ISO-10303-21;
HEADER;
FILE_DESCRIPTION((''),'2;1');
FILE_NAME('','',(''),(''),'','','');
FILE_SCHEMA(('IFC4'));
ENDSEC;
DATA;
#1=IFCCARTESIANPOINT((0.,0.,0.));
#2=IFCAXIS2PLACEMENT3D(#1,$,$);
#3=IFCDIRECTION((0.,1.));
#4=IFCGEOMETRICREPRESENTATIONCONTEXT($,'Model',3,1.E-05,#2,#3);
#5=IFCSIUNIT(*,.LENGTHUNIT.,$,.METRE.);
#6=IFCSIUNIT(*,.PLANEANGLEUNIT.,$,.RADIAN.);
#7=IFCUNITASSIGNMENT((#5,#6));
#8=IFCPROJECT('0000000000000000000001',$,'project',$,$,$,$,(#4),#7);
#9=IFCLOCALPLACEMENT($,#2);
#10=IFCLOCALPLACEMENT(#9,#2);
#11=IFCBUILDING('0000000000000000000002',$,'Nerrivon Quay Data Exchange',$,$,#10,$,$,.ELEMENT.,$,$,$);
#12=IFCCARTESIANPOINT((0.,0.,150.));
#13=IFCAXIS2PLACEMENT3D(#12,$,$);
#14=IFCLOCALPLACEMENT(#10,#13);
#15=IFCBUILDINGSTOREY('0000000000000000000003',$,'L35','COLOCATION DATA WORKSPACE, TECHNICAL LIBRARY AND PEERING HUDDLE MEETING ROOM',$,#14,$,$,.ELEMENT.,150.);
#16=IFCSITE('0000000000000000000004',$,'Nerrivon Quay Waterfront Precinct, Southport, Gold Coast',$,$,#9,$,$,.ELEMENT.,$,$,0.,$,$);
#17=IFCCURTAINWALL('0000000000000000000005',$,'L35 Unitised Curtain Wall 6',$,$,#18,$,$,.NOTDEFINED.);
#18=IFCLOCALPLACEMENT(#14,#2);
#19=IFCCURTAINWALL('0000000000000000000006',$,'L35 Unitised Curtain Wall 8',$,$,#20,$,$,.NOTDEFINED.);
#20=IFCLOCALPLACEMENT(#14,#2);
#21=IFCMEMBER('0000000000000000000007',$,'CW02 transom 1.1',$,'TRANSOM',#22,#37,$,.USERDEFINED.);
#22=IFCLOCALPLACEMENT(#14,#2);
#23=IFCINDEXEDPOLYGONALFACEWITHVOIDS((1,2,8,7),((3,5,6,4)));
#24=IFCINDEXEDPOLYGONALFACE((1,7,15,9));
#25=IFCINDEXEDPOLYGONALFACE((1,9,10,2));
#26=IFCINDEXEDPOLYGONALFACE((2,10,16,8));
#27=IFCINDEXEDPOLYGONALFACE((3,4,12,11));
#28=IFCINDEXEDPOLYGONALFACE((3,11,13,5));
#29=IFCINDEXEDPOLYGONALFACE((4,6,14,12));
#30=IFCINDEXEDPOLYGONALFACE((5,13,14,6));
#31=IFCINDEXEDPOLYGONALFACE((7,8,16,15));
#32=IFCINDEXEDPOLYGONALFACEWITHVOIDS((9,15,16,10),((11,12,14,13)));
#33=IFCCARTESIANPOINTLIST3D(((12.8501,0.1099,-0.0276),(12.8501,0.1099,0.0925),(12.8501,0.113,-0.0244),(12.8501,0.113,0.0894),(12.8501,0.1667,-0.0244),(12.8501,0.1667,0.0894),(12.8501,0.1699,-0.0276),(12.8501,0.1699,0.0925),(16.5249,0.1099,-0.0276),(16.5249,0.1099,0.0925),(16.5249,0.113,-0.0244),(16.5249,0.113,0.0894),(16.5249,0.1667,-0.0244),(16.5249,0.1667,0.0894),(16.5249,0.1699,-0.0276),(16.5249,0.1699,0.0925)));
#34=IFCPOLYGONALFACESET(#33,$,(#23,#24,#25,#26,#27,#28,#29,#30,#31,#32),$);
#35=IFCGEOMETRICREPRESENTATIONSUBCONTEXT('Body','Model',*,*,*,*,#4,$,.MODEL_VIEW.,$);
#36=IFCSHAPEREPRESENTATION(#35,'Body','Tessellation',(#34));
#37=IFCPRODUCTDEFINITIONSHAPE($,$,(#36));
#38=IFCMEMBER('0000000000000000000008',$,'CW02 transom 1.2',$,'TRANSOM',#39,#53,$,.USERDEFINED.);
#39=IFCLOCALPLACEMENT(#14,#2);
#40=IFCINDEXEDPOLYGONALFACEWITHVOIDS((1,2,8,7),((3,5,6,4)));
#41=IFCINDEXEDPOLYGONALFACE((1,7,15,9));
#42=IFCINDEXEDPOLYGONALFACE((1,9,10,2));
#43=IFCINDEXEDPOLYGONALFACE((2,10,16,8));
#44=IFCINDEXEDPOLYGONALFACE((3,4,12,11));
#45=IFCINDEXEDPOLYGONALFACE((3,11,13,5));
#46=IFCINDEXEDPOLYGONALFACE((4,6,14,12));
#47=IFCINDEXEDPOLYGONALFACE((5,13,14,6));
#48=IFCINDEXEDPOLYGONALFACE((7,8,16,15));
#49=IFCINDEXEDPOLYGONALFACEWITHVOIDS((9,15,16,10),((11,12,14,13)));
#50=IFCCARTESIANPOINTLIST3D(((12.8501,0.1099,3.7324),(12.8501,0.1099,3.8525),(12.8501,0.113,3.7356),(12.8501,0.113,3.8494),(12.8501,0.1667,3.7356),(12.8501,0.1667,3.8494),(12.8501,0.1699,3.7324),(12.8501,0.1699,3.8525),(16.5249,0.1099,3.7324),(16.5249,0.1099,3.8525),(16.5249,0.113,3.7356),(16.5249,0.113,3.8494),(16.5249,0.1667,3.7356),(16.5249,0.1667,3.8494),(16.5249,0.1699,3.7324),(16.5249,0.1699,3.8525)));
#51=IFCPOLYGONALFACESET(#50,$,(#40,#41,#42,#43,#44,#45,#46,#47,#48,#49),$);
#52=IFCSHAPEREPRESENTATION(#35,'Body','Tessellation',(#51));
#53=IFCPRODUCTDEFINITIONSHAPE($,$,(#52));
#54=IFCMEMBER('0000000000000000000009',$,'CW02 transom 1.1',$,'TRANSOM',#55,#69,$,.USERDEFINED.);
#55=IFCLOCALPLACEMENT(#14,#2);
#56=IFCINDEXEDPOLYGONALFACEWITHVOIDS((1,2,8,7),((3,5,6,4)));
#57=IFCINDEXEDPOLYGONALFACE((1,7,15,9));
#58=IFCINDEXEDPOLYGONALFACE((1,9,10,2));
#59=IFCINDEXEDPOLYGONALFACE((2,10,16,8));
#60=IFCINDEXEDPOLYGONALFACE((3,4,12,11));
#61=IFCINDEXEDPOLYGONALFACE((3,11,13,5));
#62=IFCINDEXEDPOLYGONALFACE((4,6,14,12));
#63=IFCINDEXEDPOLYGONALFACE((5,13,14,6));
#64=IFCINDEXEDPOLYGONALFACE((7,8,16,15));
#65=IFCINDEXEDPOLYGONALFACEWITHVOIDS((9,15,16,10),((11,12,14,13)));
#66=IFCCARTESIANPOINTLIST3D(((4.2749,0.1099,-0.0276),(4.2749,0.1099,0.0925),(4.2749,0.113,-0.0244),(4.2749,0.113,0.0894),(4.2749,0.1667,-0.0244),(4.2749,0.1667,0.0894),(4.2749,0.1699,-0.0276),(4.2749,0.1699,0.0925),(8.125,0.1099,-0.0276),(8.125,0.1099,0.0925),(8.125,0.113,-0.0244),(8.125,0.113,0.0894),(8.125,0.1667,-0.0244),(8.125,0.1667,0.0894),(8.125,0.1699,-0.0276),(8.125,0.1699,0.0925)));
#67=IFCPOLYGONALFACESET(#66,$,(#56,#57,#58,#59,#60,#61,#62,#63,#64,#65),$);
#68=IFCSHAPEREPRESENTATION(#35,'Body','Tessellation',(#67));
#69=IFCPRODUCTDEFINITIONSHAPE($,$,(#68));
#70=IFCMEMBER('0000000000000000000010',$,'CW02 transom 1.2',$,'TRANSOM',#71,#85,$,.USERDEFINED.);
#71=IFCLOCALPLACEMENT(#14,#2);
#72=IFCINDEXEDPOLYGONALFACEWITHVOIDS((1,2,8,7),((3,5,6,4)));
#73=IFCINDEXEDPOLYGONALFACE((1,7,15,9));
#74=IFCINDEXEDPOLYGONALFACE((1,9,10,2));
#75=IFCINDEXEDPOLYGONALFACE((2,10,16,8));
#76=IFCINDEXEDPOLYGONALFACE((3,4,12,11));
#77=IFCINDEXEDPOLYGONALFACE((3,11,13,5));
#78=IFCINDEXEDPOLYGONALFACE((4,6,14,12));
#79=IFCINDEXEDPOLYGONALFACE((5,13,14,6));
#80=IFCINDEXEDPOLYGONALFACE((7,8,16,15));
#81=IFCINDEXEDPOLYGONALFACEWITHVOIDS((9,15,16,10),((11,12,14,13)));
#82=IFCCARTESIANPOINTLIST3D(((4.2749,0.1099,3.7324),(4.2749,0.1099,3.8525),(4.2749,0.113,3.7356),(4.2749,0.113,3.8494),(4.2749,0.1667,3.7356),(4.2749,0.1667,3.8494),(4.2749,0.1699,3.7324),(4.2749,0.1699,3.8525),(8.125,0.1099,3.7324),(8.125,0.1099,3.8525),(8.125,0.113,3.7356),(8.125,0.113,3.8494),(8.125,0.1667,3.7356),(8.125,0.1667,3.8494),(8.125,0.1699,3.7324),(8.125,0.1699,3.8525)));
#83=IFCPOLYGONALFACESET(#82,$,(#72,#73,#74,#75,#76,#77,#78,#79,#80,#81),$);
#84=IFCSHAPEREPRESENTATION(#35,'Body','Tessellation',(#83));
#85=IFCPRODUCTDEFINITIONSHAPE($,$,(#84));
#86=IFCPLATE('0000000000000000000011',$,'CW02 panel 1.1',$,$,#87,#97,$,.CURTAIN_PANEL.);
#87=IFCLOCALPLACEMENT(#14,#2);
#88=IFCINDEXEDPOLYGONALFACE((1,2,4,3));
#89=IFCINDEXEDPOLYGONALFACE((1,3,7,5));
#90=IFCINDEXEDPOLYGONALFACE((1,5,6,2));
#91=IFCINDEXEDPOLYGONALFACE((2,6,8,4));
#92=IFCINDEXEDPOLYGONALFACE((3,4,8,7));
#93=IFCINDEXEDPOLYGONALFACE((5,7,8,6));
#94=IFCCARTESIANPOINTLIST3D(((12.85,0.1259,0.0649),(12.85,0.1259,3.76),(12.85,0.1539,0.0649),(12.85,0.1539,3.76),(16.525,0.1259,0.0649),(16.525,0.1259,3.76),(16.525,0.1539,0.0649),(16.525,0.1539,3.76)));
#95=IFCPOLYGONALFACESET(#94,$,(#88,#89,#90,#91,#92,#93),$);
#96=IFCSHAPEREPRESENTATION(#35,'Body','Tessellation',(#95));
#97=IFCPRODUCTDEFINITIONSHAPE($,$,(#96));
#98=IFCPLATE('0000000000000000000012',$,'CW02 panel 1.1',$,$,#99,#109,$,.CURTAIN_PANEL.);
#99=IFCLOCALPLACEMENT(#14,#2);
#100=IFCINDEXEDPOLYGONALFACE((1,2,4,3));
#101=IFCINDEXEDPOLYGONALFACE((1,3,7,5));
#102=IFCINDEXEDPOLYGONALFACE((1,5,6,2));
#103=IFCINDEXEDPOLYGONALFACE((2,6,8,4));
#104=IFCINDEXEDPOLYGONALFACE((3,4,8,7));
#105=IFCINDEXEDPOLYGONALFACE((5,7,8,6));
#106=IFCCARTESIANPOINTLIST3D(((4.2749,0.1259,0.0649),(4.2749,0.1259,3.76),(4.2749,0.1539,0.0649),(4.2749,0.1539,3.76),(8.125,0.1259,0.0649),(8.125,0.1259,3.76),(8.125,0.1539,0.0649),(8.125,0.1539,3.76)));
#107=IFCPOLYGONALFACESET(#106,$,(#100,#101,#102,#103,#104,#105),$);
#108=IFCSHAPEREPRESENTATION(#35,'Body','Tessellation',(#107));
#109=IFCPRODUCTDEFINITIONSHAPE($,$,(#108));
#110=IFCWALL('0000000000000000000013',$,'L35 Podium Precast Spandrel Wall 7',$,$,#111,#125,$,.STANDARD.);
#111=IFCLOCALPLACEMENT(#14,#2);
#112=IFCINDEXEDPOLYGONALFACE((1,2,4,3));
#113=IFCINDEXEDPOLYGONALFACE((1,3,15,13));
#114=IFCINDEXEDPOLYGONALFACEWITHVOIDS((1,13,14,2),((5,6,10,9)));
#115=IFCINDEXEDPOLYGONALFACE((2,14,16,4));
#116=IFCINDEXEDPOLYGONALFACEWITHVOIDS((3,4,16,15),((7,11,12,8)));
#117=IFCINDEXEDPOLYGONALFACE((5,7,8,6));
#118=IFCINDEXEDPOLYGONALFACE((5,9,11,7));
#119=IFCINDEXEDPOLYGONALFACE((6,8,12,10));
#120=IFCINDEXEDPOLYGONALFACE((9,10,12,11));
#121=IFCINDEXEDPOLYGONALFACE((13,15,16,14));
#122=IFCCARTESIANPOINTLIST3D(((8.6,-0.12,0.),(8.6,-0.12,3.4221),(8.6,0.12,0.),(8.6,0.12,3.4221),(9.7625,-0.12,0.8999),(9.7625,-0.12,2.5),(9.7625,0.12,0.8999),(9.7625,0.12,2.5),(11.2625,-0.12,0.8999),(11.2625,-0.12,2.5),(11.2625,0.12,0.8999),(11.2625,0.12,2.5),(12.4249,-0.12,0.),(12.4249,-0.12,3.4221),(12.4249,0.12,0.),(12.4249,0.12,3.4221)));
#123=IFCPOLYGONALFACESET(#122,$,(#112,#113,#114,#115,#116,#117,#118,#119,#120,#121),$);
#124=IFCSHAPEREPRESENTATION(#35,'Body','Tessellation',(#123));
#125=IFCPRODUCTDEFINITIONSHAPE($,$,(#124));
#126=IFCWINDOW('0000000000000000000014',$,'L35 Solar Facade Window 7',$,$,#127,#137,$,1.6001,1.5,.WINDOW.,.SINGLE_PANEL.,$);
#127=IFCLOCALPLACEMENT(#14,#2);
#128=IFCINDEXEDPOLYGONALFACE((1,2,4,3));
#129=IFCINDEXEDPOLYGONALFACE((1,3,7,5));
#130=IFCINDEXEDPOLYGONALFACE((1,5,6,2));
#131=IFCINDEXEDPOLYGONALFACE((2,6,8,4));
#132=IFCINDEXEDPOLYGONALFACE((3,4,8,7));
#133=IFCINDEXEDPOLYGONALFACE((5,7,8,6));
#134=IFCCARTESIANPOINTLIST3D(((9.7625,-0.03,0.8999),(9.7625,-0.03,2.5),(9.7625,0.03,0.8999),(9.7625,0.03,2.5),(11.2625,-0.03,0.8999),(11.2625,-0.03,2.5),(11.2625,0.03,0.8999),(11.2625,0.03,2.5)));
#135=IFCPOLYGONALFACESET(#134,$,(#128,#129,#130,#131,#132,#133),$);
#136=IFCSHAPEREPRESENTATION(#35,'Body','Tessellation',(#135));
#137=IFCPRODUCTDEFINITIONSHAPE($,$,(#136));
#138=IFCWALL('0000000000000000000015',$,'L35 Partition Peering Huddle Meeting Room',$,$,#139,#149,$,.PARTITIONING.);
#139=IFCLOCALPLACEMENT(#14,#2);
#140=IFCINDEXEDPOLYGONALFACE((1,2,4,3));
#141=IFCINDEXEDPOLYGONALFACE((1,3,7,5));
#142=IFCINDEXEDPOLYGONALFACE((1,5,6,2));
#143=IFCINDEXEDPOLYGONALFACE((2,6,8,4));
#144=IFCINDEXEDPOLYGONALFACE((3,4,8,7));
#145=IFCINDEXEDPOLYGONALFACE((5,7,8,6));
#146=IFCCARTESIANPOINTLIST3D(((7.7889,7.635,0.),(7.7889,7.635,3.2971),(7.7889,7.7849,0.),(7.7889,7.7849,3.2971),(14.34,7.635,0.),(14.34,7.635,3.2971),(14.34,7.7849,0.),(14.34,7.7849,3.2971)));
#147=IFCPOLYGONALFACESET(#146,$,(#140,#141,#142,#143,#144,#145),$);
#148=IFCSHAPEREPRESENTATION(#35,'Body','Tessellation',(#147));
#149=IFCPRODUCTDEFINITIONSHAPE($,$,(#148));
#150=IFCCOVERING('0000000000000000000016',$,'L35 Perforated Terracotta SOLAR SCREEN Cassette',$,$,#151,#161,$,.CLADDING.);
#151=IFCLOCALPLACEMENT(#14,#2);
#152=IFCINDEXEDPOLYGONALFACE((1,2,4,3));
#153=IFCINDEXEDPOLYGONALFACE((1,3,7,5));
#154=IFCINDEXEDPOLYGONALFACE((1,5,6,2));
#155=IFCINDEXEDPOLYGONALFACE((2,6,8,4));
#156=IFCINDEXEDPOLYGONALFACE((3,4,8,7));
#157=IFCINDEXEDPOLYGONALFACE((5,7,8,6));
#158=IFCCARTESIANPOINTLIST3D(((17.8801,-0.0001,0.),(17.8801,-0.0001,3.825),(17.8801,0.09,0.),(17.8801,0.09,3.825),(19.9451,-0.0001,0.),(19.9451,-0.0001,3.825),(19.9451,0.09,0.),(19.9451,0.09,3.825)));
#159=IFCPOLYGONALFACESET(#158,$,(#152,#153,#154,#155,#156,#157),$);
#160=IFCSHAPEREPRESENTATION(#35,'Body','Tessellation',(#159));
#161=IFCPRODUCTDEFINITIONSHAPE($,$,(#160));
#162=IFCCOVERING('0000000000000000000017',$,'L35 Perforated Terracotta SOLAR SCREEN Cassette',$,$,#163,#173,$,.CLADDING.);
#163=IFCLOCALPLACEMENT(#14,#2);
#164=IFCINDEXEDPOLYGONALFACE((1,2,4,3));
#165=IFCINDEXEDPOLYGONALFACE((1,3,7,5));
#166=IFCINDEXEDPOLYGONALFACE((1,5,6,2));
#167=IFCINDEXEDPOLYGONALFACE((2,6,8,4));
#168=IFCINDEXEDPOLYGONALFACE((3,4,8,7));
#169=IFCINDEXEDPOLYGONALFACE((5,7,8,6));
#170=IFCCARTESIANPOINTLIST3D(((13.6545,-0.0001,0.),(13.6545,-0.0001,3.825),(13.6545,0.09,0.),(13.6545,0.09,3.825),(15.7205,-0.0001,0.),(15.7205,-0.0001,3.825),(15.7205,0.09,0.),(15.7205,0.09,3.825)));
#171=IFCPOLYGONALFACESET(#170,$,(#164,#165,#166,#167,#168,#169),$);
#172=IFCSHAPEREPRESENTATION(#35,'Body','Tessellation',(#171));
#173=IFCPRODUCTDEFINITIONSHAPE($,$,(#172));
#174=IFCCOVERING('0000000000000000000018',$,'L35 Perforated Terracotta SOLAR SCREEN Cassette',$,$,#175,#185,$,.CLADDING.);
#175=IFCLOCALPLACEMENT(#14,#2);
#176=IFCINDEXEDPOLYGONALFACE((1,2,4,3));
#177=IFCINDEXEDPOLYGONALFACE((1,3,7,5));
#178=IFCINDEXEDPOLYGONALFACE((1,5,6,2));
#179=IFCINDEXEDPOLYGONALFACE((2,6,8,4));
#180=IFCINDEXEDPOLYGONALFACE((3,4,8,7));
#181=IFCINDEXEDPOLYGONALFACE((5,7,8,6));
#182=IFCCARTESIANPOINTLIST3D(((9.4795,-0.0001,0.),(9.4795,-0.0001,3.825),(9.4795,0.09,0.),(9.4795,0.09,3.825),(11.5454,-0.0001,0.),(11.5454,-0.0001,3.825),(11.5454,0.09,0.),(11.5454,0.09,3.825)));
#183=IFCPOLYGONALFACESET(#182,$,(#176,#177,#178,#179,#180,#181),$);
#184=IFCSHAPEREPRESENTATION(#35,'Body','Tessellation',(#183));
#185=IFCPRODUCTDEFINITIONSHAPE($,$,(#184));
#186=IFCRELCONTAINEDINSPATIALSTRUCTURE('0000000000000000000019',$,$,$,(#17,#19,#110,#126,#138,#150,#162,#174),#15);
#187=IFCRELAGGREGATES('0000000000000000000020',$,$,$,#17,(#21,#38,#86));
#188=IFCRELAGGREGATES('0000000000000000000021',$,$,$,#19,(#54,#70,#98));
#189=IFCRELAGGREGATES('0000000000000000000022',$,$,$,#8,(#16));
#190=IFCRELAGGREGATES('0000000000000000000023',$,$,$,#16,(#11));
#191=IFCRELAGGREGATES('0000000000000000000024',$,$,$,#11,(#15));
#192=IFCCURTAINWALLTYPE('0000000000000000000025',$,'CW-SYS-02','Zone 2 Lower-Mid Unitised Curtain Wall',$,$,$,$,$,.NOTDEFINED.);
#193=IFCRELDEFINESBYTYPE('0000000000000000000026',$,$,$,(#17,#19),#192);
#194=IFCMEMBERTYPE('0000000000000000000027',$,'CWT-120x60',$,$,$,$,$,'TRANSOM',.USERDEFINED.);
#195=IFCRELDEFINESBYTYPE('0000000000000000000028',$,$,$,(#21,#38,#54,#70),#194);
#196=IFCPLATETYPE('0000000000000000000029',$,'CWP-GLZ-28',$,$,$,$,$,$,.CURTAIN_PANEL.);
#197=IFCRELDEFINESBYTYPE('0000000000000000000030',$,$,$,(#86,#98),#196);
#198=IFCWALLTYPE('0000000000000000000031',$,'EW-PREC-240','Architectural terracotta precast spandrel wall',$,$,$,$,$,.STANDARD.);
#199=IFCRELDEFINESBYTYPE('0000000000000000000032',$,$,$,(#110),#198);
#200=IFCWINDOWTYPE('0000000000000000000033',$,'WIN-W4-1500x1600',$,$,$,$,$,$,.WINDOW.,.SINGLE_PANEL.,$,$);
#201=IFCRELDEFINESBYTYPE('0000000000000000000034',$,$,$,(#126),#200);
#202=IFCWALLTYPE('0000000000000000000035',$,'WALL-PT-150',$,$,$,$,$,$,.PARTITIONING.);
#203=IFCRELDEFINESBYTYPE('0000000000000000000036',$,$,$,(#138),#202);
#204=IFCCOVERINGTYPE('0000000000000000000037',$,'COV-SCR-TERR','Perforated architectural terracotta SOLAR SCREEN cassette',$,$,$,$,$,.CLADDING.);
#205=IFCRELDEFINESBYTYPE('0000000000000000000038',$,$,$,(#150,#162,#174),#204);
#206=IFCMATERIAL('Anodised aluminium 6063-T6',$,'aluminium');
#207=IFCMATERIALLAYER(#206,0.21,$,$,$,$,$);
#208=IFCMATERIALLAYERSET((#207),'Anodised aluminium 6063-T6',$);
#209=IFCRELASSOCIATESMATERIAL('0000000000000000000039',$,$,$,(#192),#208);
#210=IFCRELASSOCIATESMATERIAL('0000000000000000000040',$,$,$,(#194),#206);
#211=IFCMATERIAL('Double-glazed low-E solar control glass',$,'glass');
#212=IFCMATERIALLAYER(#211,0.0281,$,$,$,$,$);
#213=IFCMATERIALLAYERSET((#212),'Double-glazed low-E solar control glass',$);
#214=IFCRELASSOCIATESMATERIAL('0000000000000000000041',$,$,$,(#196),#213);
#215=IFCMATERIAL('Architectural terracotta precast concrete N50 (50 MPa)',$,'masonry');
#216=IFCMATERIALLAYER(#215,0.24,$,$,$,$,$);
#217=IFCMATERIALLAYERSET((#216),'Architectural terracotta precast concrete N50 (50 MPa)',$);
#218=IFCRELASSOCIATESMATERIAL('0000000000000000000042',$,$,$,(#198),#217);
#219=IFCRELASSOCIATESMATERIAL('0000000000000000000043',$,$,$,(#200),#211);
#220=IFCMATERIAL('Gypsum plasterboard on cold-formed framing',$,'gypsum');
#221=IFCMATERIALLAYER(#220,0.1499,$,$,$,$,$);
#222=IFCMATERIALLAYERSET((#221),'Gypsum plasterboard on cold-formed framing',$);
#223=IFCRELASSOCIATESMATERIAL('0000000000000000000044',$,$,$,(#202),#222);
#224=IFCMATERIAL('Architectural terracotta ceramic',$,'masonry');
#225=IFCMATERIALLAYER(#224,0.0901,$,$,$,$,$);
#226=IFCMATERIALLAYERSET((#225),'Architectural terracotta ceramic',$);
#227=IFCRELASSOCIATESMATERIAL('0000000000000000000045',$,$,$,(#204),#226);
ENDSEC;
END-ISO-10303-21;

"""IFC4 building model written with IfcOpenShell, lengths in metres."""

from ifc_helpers import new_model, si_unit, direction, frame, frame_2d, origin, origin_2d, place, context, subcontext, project, spatial, rectangle, hollow_rectangle, extrude, material, layer, layer_set, material_profile, profile_set, type_object, element, fill, aggregate, save


model = new_model("IFC4")

# Units and contexts
model_context = context("Model", 3, precision=1e-05, world=origin(), true_north=direction((0.0, 1.0)))
body_context = subcontext(model_context, "Body", "Model", "MODEL_VIEW")
ifc_project = project(units=[si_unit("LENGTHUNIT", "METRE"), si_unit("PLANEANGLEUNIT", "RADIAN")], contexts=[model_context])

# Site, building, storey
site_placement = place(None, origin())
site = spatial("IfcSite", under=ifc_project, at=site_placement, Name="Nerrivon Quay Waterfront Precinct, Southport, Gold Coast", CompositionType="ELEMENT", RefElevation=0.0)
building_placement = place(site_placement, origin())
building = spatial("IfcBuilding", under=site, at=building_placement, Name="Nerrivon Quay Data Exchange", CompositionType="ELEMENT")
storey_placement = place(building_placement, frame((0.0, 0.0, 150.0)))
storey = spatial("IfcBuildingStorey", under=building, at=storey_placement, Name="L35", Description="COLOCATION DATA WORKSPACE, TECHNICAL LIBRARY AND PEERING HUDDLE MEETING ROOM", CompositionType="ELEMENT", Elevation=150.0)

# Curtain wall
ifc_material_1 = material(Name="Anodised aluminium 6063-T6", Category="aluminium")
ifc_layer_1 = layer(ifc_material_1, 0.21)
ifc_layer_set_1 = layer_set([ifc_layer_1], Name="Anodised aluminium 6063-T6")
curtain_wall_type = type_object("IfcCurtainWallType", Name="CW-SYS-02", Description="Zone 2 Lower-Mid Unitised Curtain Wall", PredefinedType="NOTDEFINED", material=ifc_layer_set_1)
curtain_wall_1_placement = place(storey_placement, origin())
curtain_wall_1 = element("IfcCurtainWall", 1, at=curtain_wall_1_placement, inside=storey, type_object=curtain_wall_type, Name="L35 Unitised Curtain Wall 6", PredefinedType="NOTDEFINED")

# Curtain wall
curtain_wall_2_placement = place(storey_placement, origin())
curtain_wall_2 = element("IfcCurtainWall", 2, at=curtain_wall_2_placement, inside=storey, type_object=curtain_wall_type, Name="L35 Unitised Curtain Wall 8", PredefinedType="NOTDEFINED")

# Members
ifc_material_profile_1 = material_profile(ifc_material_1, hollow_rectangle(XDim=0.0601, YDim=0.1201, WallThickness=0.0032, at=origin_2d()), Name="ALU-TRAN-120x60")
ifc_profile_set_1 = profile_set([ifc_material_profile_1], Name="Anodised aluminium 6063-T6")
member_type_1 = type_object("IfcMemberType", Name="CWT-120x60", ElementType="TRANSOM", PredefinedType="USERDEFINED", material=ifc_profile_set_1)
member_1_placement = place(storey_placement, frame((16.5249, 0.1399, 0.0325), z_axis=(-1.0, 0.0, 0.0), x_axis=(0.0, -1.0, 0.0)))
member_1 = element("IfcMember", 3, at=member_1_placement, type_object=member_type_1, Name="CW02 transom 1.1", ObjectType="TRANSOM", PredefinedType="USERDEFINED", context=body_context, shape_type="SweptSolid", body=[
    extrude(hollow_rectangle(XDim=0.0601, YDim=0.1201, WallThickness=0.0032, at=origin_2d()), origin(), (0.0, 0.0, 1.0), 3.6748),
])
member_2_placement = place(storey_placement, frame((16.5249, 0.1399, 3.7925), z_axis=(-1.0, 0.0, 0.0), x_axis=(0.0, -1.0, 0.0)))
member_2 = element("IfcMember", 4, at=member_2_placement, type_object=member_type_1, Name="CW02 transom 1.2", ObjectType="TRANSOM", PredefinedType="USERDEFINED", context=body_context, shape_type="SweptSolid", body=[
    extrude(hollow_rectangle(XDim=0.0601, YDim=0.1201, WallThickness=0.0032, at=origin_2d()), origin(), (0.0, 0.0, 1.0), 3.6748),
])
member_3_placement = place(storey_placement, frame((8.125, 0.1399, 0.0325), z_axis=(-1.0, 0.0, 0.0), x_axis=(0.0, -1.0, 0.0)))
member_3 = element("IfcMember", 5, at=member_3_placement, type_object=member_type_1, Name="CW02 transom 1.1", ObjectType="TRANSOM", PredefinedType="USERDEFINED", context=body_context, shape_type="SweptSolid", body=[
    extrude(hollow_rectangle(XDim=0.0601, YDim=0.1201, WallThickness=0.0032, at=origin_2d()), origin(), (0.0, 0.0, 1.0), 3.8501),
])
member_4_placement = place(storey_placement, frame((8.125, 0.1399, 3.7925), z_axis=(-1.0, 0.0, 0.0), x_axis=(0.0, -1.0, 0.0)))
member_4 = element("IfcMember", 6, at=member_4_placement, type_object=member_type_1, Name="CW02 transom 1.2", ObjectType="TRANSOM", PredefinedType="USERDEFINED", context=body_context, shape_type="SweptSolid", body=[
    extrude(hollow_rectangle(XDim=0.0601, YDim=0.1201, WallThickness=0.0032, at=origin_2d()), origin(), (0.0, 0.0, 1.0), 3.8501),
])

# Plates
ifc_material_2 = material(Name="Double-glazed low-E solar control glass", Category="glass")
ifc_layer_2 = layer(ifc_material_2, 0.0281)
ifc_layer_set_2 = layer_set([ifc_layer_2], Name="Double-glazed low-E solar control glass")
plate_type = type_object("IfcPlateType", Name="CWP-GLZ-28", PredefinedType="CURTAIN_PANEL", material=ifc_layer_set_2)
plate_1_placement = place(storey_placement, frame((14.6875, 0.1399, 0.0649), z_axis=(0.0, 0.0, 1.0), x_axis=(-1.0, 0.0, 0.0)))
plate_1 = element("IfcPlate", 7, at=plate_1_placement, type_object=plate_type, Name="CW02 panel 1.1", PredefinedType="CURTAIN_PANEL", context=body_context, shape_type="SweptSolid", body=[
    extrude(rectangle(XDim=3.675, YDim=0.0281, at=origin_2d()), origin(), (0.0, 0.0, 1.0), 3.6951),
])
aggregate(curtain_wall_1, [member_1, member_2, plate_1])
plate_2_placement = place(storey_placement, frame((6.2, 0.1399, 0.0649), z_axis=(0.0, 0.0, 1.0), x_axis=(-1.0, 0.0, 0.0)))
plate_2 = element("IfcPlate", 8, at=plate_2_placement, type_object=plate_type, Name="CW02 panel 1.1", PredefinedType="CURTAIN_PANEL", context=body_context, shape_type="SweptSolid", body=[
    extrude(rectangle(XDim=3.8501, YDim=0.0281, at=origin_2d()), origin(), (0.0, 0.0, 1.0), 3.6951),
])
aggregate(curtain_wall_2, [member_3, member_4, plate_2])

# Wall, opening, window
ifc_material_3 = material(Name="Architectural terracotta precast concrete N50 (50 MPa)", Category="masonry")
ifc_layer_3 = layer(ifc_material_3, 0.24)
ifc_layer_set_3 = layer_set([ifc_layer_3], Name="Architectural terracotta precast concrete N50 (50 MPa)")
wall_type_1 = type_object("IfcWallType", Name="EW-PREC-240", Description="Architectural terracotta precast spandrel wall", PredefinedType="STANDARD", material=ifc_layer_set_3)
wall_1_placement = place(storey_placement, frame((12.425, 0.0, 0.0), z_axis=(0.0, 0.0, 1.0), x_axis=(-1.0, 0.0, 0.0)))
wall_1 = element("IfcWall", 9, at=wall_1_placement, inside=storey, type_object=wall_type_1, Name="L35 Podium Precast Spandrel Wall 7", PredefinedType="STANDARD", context=body_context, shape_type="SweptSolid", body=[
    extrude(rectangle(XDim=3.825, YDim=0.24, at=frame_2d((1.9126, 0.0))), origin(), (0.0, 0.0, 1.0), 3.4221),
])
opening_placement = place(wall_1_placement, frame((1.1626, 0.0, 0.8999)))
opening = element("IfcOpeningElement", 10, at=opening_placement, cuts=wall_1, PredefinedType="OPENING", context=body_context, shape_type="SweptSolid", body=[
    extrude(rectangle(XDim=1.5, YDim=1.6001, at=frame_2d((0.75, 0.8))), frame((0.0, 0.1299, 0.0), z_axis=(0.0, -1.0, 0.0), x_axis=(1.0, 0.0, 0.0)), (0.0, 0.0, 1.0), 0.26),
])
window_type = type_object("IfcWindowType", Name="WIN-W4-1500x1600", PartitioningType="SINGLE_PANEL", PredefinedType="WINDOW", material=ifc_material_2)
window_placement = place(opening_placement, origin())
window = element("IfcWindow", 11, at=window_placement, inside=storey, type_object=window_type, Name="L35 Solar Facade Window 7", OverallHeight=1.6001, OverallWidth=1.5, PartitioningType="SINGLE_PANEL", PredefinedType="WINDOW", context=body_context, shape_type="SweptSolid", body=[
    extrude(rectangle(XDim=1.5, YDim=1.6001, at=frame_2d((0.75, 0.8))), frame((0.0, 0.03, 0.0), z_axis=(0.0, -1.0, 0.0), x_axis=(1.0, 0.0, 0.0)), (0.0, 0.0, 1.0), 0.0601),
])
fill(opening, window)

# Wall
ifc_material_4 = material(Name="Gypsum plasterboard on cold-formed framing", Category="gypsum")
ifc_layer_4 = layer(ifc_material_4, 0.1499)
ifc_layer_set_4 = layer_set([ifc_layer_4], Name="Gypsum plasterboard on cold-formed framing")
wall_type_2 = type_object("IfcWallType", Name="WALL-PT-150", PredefinedType="PARTITIONING", material=ifc_layer_set_4)
wall_2_placement = place(storey_placement, frame((7.7891, 7.71, 0.0), z_axis=(0.0, 0.0, 1.0), x_axis=(1.0, 0.0, 0.0)))
element("IfcWall", 12, at=wall_2_placement, inside=storey, type_object=wall_type_2, Name="L35 Partition Peering Huddle Meeting Room", PredefinedType="PARTITIONING", context=body_context, shape_type="SweptSolid", body=[
    extrude(rectangle(XDim=6.551, YDim=0.1499, at=frame_2d((3.2754, 0.0))), origin(), (0.0, 0.0, 1.0), 3.2971),
])

# Coverings
ifc_material_5 = material(Name="Architectural terracotta ceramic", Category="masonry")
ifc_layer_5 = layer(ifc_material_5, 0.0901)
ifc_layer_set_5 = layer_set([ifc_layer_5], Name="Architectural terracotta ceramic")
covering_type = type_object("IfcCoveringType", Name="COV-SCR-TERR", Description="Perforated architectural terracotta SOLAR SCREEN cassette", PredefinedType="CLADDING", material=ifc_layer_set_5)
covering_1_placement = place(storey_placement, frame((18.9126, 0.0449, 0.0), z_axis=(0.0, 0.0, 1.0), x_axis=(-1.0, 0.0, 0.0)))
element("IfcCovering", 13, at=covering_1_placement, inside=storey, type_object=covering_type, Name="L35 Perforated Terracotta SOLAR SCREEN Cassette", PredefinedType="CLADDING", context=body_context, shape_type="SweptSolid", body=[
    extrude(rectangle(XDim=2.0649, YDim=0.0901, at=origin_2d()), origin(), (0.0, 0.0, 1.0), 3.825),
])
for number, where, z_axis, x_axis, name in (
    (14, (14.6875, 0.0449, 0.0), (0.0, 0.0, 1.0), (-1.0, 0.0, 0.0), "L35 Perforated Terracotta SOLAR SCREEN Cassette"),
    (15, (10.5125, 0.0449, 0.0), (0.0, 0.0, 1.0), (-1.0, 0.0, 0.0), "L35 Perforated Terracotta SOLAR SCREEN Cassette"),
):
    element("IfcCovering", number, at=place(storey_placement, frame(where, z_axis=z_axis, x_axis=x_axis)), inside=storey, type_object=covering_type, Name=name, PredefinedType="CLADDING", context=body_context, shape_type="SweptSolid", body=[
        extrude(rectangle(XDim=2.0659, YDim=0.0901, at=origin_2d()), origin(), (0.0, 0.0, 1.0), 3.825),
    ])

save(model, "model.ifc")
